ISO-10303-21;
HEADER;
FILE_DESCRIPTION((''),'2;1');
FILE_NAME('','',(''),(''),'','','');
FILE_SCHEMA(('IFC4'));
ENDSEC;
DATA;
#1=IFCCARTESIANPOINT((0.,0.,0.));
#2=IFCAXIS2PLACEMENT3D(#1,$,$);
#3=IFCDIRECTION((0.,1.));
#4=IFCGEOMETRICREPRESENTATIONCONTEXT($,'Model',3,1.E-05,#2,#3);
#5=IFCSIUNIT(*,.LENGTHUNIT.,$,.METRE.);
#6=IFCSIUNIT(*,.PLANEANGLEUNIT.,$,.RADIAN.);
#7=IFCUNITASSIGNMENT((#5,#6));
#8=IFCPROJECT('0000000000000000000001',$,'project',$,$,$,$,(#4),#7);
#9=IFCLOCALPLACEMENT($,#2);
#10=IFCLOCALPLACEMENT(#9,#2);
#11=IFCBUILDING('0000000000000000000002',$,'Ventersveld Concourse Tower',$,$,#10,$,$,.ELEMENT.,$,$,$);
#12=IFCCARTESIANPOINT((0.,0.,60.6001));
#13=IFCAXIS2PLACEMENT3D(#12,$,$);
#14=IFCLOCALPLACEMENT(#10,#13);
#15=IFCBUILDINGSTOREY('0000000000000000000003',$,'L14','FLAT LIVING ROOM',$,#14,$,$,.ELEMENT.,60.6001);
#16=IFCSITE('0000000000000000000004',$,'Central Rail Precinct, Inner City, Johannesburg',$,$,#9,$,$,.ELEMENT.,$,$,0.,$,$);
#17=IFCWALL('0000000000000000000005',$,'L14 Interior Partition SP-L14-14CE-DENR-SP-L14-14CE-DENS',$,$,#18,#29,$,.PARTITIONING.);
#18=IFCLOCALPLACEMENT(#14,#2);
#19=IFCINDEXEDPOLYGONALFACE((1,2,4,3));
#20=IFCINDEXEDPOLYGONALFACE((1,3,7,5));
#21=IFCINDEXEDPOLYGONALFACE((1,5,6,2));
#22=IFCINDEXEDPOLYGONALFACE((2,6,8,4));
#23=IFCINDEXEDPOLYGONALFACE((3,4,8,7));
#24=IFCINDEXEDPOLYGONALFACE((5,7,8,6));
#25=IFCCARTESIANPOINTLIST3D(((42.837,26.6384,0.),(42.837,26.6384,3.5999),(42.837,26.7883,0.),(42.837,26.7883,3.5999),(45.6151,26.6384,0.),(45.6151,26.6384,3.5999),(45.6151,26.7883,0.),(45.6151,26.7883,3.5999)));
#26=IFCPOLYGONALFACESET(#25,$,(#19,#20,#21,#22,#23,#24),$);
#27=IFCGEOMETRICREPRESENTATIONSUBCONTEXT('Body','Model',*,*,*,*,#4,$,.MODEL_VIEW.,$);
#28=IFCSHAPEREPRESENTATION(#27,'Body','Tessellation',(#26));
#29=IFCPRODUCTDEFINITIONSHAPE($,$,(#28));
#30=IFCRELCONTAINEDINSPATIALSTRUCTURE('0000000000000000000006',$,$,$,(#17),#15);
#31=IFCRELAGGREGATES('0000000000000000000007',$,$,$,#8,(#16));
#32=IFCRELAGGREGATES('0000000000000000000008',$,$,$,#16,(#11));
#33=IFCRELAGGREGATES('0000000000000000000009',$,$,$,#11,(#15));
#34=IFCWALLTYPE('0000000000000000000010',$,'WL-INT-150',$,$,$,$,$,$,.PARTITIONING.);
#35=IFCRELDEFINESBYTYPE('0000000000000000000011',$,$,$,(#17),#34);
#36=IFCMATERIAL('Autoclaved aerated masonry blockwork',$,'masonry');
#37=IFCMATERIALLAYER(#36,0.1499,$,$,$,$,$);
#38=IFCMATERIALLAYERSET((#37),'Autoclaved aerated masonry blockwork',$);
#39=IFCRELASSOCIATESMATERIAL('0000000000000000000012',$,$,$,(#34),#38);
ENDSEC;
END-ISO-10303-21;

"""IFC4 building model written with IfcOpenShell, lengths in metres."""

from ifc_helpers import new_model, si_unit, direction, frame, frame_2d, origin, place, context, subcontext, project, spatial, rectangle, extrude, material, layer, layer_set, type_object, element, save


model = new_model("IFC4")

# Units and contexts
model_context = context("Model", 3, precision=1e-05, world=origin(), true_north=direction((0.0, 1.0)))
body_context = subcontext(model_context, "Body", "Model", "MODEL_VIEW")
ifc_project = project(units=[si_unit("LENGTHUNIT", "METRE"), si_unit("PLANEANGLEUNIT", "RADIAN")], contexts=[model_context])

# Site, building, storey
site_placement = place(None, origin())
site = spatial("IfcSite", under=ifc_project, at=site_placement, Name="Central Rail Precinct, Inner City, Johannesburg", CompositionType="ELEMENT", RefElevation=0.0)
building_placement = place(site_placement, origin())
building = spatial("IfcBuilding", under=site, at=building_placement, Name="Ventersveld Concourse Tower", CompositionType="ELEMENT")
storey_placement = place(building_placement, frame((0.0, 0.0, 60.6001)))
storey = spatial("IfcBuildingStorey", under=building, at=storey_placement, Name="L14", Description="FLAT LIVING ROOM", CompositionType="ELEMENT", Elevation=60.6001)

# Shared definitions
ifc_material_1 = material(Name="Autoclaved aerated masonry blockwork", Category="masonry")
ifc_layer_1 = layer(ifc_material_1, 0.1499)
ifc_layer_set_1 = layer_set([ifc_layer_1], Name="Autoclaved aerated masonry blockwork")
wall_type_1 = type_object("IfcWallType", Name="WL-INT-150", PredefinedType="PARTITIONING", material=ifc_layer_set_1)

# Wall
for number, where, z_axis, x_axis, name in (
    (1, (42.8369, 26.7134, 0.0), (0.0, 0.0, 1.0), (1.0, 0.0, 0.0), "L14 Interior Partition SP-L14-14CE-DENR-SP-L14-14CE-DENS"),
):
    element("IfcWall", number, at=place(storey_placement, frame(where, z_axis=z_axis, x_axis=x_axis)), inside=storey, type_object=wall_type_1, Name=name, PredefinedType="PARTITIONING", context=body_context, shape_type="SweptSolid", body=[
        extrude(rectangle(XDim=2.7781, YDim=0.1499, at=frame_2d((1.3892, 0.0))), origin(), (0.0, 0.0, 1.0), 3.5999),
    ])

save(model, "model.ifc")
